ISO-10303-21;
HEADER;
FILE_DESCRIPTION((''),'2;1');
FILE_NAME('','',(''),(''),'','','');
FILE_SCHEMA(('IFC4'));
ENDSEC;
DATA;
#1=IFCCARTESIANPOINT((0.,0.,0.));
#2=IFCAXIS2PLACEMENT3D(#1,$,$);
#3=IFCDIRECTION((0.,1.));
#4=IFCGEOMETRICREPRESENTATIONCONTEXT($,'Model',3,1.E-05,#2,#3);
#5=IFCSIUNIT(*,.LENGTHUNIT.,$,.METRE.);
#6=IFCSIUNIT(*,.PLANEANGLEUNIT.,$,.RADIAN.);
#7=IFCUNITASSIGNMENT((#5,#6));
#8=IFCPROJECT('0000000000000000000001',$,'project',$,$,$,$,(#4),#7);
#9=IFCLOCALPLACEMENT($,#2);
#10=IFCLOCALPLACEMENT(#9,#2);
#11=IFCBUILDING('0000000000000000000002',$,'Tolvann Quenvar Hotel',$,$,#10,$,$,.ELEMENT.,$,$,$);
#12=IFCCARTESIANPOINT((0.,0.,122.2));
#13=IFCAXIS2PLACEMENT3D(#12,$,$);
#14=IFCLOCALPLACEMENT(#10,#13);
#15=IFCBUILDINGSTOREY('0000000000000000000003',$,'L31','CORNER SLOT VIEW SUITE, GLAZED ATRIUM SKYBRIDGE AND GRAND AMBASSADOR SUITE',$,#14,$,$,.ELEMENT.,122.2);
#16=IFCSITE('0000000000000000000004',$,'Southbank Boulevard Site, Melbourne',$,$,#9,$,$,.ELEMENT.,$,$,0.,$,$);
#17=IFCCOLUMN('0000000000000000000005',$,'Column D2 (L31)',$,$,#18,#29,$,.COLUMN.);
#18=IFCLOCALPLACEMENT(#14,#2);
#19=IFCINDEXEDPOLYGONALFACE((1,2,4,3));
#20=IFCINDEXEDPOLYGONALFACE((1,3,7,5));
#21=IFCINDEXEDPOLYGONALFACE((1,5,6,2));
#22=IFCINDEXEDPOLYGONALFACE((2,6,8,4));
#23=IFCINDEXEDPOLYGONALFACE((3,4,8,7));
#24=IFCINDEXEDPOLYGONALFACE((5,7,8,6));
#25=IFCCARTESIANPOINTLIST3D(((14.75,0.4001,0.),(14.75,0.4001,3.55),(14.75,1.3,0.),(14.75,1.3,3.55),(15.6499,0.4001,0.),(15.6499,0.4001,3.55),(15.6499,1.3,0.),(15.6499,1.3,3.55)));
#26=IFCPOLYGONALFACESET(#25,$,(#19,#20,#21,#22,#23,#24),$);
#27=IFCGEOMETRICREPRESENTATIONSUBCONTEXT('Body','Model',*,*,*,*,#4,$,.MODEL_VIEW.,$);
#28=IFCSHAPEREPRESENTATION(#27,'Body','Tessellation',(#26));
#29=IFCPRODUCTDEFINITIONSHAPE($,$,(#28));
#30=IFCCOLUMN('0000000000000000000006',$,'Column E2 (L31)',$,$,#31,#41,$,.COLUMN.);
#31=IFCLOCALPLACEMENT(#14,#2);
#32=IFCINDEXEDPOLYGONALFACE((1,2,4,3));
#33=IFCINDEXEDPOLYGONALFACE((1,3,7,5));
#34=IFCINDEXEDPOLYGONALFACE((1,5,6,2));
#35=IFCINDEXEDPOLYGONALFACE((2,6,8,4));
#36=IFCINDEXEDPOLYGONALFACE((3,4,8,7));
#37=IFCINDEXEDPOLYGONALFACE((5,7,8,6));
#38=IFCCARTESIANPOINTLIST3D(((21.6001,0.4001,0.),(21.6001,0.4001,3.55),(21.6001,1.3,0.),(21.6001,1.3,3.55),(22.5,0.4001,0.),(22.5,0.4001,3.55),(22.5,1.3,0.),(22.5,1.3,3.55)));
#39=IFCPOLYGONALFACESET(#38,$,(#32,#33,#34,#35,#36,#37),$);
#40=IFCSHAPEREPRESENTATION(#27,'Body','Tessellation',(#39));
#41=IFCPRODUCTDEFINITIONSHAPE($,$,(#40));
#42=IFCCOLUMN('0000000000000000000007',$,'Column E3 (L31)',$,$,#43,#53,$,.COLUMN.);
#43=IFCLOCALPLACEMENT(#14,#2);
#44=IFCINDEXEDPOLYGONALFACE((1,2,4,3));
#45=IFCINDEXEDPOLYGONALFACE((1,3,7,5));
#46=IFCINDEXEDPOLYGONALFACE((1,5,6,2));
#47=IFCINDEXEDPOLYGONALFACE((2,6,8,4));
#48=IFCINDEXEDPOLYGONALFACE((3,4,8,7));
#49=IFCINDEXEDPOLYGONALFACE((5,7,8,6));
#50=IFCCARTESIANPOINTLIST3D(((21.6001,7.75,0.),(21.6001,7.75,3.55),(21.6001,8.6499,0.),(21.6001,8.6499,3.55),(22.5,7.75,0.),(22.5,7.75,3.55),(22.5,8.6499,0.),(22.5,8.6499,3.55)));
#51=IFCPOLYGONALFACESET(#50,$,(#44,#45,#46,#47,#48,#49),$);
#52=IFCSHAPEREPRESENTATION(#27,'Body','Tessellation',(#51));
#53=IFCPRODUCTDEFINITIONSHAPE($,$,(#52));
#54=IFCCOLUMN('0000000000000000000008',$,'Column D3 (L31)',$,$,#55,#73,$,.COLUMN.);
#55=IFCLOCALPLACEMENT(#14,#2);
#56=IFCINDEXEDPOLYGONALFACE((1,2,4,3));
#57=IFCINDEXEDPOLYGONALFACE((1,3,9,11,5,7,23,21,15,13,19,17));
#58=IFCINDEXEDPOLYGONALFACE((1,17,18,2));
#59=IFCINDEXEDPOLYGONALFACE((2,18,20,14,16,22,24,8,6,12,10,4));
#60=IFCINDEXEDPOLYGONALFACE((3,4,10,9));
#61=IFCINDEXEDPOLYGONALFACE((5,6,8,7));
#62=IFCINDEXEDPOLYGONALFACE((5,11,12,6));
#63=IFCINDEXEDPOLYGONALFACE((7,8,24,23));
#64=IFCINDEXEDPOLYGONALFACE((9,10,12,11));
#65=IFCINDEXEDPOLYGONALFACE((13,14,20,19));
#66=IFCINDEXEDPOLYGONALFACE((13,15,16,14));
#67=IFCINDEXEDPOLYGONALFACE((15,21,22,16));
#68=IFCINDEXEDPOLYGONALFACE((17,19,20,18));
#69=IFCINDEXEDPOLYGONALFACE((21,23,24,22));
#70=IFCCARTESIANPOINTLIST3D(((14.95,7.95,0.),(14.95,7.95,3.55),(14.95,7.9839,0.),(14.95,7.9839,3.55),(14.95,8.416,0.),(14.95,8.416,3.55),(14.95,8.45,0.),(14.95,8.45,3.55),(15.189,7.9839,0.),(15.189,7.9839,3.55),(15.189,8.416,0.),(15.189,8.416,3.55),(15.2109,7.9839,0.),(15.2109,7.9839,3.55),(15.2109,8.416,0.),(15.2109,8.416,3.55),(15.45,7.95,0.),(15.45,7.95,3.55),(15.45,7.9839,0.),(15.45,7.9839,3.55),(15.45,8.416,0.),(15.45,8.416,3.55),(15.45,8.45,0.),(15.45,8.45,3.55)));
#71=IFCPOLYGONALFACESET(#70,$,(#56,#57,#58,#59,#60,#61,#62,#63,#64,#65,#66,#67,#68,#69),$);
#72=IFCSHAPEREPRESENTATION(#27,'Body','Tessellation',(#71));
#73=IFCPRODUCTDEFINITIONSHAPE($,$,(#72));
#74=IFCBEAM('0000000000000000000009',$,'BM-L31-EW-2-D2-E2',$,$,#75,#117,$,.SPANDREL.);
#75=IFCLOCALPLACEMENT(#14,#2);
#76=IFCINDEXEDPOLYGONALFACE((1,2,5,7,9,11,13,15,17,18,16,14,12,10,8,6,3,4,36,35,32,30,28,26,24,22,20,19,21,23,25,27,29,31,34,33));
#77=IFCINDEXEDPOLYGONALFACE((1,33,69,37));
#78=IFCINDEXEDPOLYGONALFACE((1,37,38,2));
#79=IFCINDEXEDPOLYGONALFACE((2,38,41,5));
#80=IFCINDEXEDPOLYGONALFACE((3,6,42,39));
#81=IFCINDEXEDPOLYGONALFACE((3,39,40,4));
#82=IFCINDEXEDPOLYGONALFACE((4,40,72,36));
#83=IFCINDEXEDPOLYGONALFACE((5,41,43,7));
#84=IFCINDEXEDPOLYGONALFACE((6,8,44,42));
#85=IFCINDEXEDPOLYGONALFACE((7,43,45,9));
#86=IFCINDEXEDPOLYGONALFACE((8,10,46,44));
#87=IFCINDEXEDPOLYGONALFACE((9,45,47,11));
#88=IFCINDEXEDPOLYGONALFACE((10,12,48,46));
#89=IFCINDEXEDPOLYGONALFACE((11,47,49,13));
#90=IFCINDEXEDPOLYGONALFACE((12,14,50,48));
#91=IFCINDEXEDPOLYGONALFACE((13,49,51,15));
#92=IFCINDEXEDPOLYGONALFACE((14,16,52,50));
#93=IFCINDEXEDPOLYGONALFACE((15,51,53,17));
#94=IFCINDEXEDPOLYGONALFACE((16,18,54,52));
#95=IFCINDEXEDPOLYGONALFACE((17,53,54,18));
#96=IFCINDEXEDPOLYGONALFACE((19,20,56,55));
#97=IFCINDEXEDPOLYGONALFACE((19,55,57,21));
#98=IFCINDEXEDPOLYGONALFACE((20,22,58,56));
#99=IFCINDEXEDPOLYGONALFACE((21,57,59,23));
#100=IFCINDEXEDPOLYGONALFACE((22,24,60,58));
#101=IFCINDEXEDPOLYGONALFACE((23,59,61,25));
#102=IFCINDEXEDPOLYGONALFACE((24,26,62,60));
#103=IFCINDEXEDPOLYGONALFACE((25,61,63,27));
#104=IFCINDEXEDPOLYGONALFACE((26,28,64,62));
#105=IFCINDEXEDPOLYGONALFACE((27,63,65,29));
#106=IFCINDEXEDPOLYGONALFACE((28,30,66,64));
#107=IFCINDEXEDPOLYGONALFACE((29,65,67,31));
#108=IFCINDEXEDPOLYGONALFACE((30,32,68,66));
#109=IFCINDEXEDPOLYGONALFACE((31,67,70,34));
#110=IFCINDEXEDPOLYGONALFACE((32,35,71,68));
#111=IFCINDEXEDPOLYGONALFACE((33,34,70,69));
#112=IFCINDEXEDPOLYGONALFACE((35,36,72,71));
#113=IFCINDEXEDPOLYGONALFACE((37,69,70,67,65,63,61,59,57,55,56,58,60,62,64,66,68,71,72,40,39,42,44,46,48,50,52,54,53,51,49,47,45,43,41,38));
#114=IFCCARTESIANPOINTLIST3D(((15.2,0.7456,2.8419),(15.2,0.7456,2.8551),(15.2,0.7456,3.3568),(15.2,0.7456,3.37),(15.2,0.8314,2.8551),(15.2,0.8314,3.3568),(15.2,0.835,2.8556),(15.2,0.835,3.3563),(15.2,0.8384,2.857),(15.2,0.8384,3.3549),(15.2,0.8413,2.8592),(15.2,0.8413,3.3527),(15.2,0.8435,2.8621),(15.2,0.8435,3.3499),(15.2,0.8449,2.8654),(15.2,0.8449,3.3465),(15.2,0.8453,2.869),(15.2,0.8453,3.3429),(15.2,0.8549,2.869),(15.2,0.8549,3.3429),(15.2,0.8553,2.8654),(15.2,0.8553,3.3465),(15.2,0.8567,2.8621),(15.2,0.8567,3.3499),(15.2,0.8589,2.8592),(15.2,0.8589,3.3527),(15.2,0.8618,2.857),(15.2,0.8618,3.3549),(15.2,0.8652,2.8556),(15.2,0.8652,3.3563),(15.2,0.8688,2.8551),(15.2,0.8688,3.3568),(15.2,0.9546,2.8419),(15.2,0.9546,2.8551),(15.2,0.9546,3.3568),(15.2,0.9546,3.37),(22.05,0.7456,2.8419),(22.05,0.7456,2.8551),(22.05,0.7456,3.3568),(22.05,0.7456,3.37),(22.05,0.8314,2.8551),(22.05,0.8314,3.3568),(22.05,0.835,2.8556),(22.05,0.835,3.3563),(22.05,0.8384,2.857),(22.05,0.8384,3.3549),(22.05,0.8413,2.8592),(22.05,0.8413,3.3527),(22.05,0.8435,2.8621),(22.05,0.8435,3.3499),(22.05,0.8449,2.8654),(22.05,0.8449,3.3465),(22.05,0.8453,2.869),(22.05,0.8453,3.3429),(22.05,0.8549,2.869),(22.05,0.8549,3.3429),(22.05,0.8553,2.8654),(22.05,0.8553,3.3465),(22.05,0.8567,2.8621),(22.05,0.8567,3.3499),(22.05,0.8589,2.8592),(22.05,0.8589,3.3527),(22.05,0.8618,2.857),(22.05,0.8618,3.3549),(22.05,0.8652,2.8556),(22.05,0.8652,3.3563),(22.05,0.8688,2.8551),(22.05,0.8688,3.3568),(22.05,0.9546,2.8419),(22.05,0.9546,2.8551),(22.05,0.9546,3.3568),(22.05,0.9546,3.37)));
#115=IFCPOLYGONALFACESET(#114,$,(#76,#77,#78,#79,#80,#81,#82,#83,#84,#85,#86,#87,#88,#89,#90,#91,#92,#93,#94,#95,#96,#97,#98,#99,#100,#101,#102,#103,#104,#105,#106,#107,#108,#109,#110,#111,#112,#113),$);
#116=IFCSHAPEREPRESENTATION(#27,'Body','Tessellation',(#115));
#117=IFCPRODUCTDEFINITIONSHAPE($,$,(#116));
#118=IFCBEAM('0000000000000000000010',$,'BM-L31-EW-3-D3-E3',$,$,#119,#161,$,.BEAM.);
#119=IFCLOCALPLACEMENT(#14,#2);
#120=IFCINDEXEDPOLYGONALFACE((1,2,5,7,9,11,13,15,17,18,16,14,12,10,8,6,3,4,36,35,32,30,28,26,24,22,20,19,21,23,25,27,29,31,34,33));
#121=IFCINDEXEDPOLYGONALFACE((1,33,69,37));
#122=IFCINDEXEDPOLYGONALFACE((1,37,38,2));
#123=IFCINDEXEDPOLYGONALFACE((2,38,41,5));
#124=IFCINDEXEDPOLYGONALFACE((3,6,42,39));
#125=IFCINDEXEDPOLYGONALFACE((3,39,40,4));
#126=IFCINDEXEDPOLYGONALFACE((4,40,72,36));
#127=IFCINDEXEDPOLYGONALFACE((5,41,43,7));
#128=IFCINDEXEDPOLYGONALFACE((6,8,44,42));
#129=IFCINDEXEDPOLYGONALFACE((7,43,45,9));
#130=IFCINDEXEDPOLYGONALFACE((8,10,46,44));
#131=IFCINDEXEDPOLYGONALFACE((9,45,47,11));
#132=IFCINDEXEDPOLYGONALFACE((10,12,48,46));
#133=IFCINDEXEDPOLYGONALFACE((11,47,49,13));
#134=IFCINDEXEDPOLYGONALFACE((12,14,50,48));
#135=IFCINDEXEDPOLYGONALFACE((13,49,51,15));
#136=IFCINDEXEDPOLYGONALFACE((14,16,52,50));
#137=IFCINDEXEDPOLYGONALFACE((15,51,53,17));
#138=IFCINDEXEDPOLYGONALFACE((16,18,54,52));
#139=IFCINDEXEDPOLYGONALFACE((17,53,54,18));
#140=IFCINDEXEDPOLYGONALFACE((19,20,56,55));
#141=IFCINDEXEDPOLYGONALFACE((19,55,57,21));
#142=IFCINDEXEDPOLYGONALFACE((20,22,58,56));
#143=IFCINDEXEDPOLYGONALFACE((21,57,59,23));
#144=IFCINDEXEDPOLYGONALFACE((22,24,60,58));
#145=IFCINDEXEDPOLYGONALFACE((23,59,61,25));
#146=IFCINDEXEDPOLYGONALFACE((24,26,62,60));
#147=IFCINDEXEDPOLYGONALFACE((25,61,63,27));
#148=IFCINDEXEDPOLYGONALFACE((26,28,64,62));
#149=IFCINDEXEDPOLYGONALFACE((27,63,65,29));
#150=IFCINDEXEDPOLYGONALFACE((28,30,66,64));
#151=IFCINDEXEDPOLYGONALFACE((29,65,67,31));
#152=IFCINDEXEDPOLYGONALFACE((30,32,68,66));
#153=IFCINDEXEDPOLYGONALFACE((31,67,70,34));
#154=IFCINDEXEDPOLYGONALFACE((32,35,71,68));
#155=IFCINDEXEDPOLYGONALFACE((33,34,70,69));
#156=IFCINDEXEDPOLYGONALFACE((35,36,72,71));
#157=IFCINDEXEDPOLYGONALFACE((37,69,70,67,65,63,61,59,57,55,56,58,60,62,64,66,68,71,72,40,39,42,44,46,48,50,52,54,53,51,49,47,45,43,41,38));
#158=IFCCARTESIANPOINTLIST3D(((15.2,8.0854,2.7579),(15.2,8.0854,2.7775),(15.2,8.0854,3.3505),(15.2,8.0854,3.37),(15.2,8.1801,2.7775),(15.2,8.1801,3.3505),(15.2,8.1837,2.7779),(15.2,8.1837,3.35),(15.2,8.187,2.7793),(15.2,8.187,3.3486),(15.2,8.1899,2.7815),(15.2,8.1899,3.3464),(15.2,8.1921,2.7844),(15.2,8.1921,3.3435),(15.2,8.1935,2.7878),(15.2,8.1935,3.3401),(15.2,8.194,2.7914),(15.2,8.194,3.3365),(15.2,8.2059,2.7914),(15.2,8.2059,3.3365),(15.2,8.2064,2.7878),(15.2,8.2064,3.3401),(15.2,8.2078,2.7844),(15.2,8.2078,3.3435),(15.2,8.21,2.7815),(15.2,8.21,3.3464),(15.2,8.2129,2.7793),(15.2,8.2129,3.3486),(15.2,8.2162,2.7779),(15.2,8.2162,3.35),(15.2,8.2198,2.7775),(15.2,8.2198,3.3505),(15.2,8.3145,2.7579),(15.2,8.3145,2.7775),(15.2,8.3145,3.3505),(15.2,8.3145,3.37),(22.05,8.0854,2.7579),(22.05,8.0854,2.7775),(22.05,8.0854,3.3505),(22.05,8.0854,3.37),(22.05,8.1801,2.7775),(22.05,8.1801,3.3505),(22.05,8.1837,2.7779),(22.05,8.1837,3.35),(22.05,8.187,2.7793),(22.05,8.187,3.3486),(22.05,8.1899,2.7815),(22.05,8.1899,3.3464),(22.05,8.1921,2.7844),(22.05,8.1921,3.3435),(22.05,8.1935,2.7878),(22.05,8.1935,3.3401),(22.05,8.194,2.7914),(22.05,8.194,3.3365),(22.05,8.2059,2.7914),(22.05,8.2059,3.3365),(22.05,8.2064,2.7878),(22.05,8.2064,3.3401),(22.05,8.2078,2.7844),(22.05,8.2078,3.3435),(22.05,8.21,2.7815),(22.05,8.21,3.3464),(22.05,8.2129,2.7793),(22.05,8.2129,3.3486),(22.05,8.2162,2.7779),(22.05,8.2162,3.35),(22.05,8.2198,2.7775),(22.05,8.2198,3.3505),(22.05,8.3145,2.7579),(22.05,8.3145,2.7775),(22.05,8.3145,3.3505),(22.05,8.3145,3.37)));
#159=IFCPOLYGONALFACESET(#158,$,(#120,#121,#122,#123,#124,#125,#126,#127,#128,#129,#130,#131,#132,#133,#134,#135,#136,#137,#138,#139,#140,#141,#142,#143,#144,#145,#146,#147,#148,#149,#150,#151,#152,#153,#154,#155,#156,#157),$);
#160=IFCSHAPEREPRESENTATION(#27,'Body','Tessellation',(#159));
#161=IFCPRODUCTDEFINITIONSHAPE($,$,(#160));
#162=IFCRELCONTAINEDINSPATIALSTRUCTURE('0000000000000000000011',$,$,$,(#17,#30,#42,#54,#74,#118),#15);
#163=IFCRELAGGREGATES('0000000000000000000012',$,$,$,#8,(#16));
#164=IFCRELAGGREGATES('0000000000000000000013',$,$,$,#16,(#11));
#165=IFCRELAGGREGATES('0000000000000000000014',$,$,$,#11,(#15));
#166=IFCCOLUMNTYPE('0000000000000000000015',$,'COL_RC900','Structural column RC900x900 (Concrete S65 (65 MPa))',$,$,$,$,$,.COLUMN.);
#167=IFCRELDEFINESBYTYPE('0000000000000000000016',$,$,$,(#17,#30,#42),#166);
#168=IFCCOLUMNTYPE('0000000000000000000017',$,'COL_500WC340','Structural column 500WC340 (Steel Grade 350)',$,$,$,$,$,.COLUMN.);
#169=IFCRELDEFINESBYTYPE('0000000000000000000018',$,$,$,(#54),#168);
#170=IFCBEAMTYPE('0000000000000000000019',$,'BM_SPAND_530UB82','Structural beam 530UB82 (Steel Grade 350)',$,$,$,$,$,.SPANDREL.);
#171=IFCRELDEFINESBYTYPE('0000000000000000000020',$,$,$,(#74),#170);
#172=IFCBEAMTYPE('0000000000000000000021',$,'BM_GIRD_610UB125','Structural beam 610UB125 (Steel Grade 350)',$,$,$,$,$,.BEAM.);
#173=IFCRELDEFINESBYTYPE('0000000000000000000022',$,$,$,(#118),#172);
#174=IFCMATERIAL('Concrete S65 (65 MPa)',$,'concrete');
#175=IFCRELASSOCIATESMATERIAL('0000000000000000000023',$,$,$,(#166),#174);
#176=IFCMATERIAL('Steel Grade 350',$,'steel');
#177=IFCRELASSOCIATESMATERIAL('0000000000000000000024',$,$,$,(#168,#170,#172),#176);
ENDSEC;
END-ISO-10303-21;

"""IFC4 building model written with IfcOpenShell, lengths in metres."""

from ifc_helpers import new_model, si_unit, direction, frame, origin, origin_2d, place, context, subcontext, project, spatial, rectangle, i_section, extrude, source, transform, mapped, material, material_profile, profile_set, type_object, type_shapes, element, save


model = new_model("IFC4")

# Units and contexts
model_context = context("Model", 3, precision=1e-05, world=origin(), true_north=direction((0.0, 1.0)))
body_context = subcontext(model_context, "Body", "Model", "MODEL_VIEW")
ifc_project = project(units=[si_unit("LENGTHUNIT", "METRE"), si_unit("PLANEANGLEUNIT", "RADIAN")], contexts=[model_context])

# Site, building, storey
site_placement = place(None, origin())
site = spatial("IfcSite", under=ifc_project, at=site_placement, Name="Southbank Boulevard Site, Melbourne", CompositionType="ELEMENT", RefElevation=0.0)
building_placement = place(site_placement, origin())
building = spatial("IfcBuilding", under=site, at=building_placement, Name="Tolvann Quenvar Hotel", CompositionType="ELEMENT")
storey_placement = place(building_placement, frame((0.0, 0.0, 122.2)))
storey = spatial("IfcBuildingStorey", under=building, at=storey_placement, Name="L31", Description="CORNER SLOT VIEW SUITE, GLAZED ATRIUM SKYBRIDGE AND GRAND AMBASSADOR SUITE", CompositionType="ELEMENT", Elevation=122.2)

# Columns
ifc_material_1 = material(Name="Concrete S65 (65 MPa)", Category="concrete")
ifc_material_profile_1 = material_profile(ifc_material_1, rectangle(XDim=0.8999, YDim=0.8999, at=origin_2d()), Name="RC900x900")
ifc_profile_set_1 = profile_set([ifc_material_profile_1], Name="Concrete S65 (65 MPa)")
column_type_1 = type_object("IfcColumnType", Name="COL_RC900", Description="Structural column RC900x900 (Concrete S65 (65 MPa))", PredefinedType="COLUMN", material=ifc_profile_set_1)
shared_shape_1 = source(origin(), body_context, "Body", "SweptSolid", [
    extrude(rectangle(XDim=0.8999, YDim=0.8999, at=origin_2d()), origin(), (0.0, 0.0, 1.0), 3.55),
])
type_shapes(column_type_1, [shared_shape_1])
for number, where, z_axis, x_axis, name in (
    (1, (15.2, 0.8501, 0.0), (0.0, 0.0, 1.0), (1.0, 0.0, 0.0), "Column D2 (L31)"),
    (2, (22.05, 0.8501, 0.0), (0.0, 0.0, 1.0), (1.0, 0.0, 0.0), "Column E2 (L31)"),
    (3, (22.05, 8.2, 0.0), (0.0, 0.0, 1.0), (1.0, 0.0, 0.0), "Column E3 (L31)"),
):
    element("IfcColumn", number, at=place(storey_placement, frame(where, z_axis=z_axis, x_axis=x_axis)), inside=storey, type_object=column_type_1, Name=name, PredefinedType="COLUMN", context=body_context, shape_type="MappedRepresentation", body=[
        mapped(shared_shape_1, transform((0.0, 0.0, 0.0), x_axis=(1.0, 0.0, 0.0), y_axis=(0.0, 1.0, 0.0), z_axis=(0.0, 0.0, 1.0), scale=1.0)),
    ])
ifc_material_2 = material(Name="Steel Grade 350", Category="steel")
ifc_material_profile_2 = material_profile(ifc_material_2, i_section(OverallWidth=0.5, OverallDepth=0.5, WebThickness=0.022, FlangeThickness=0.0339, at=origin_2d()), Name="500WC340")
ifc_profile_set_2 = profile_set([ifc_material_profile_2], Name="Steel Grade 350")
column_type_2 = type_object("IfcColumnType", Name="COL_500WC340", Description="Structural column 500WC340 (Steel Grade 350)", PredefinedType="COLUMN", material=ifc_profile_set_2)
shared_shape_2 = source(origin(), body_context, "Body", "SweptSolid", [
    extrude(i_section(OverallWidth=0.5, OverallDepth=0.5, WebThickness=0.022, FlangeThickness=0.0339, at=origin_2d()), origin(), (0.0, 0.0, 1.0), 3.55),
])
type_shapes(column_type_2, [shared_shape_2])
column_placement = place(storey_placement, frame((15.2, 8.2, 0.0), z_axis=(0.0, 0.0, 1.0), x_axis=(1.0, 0.0, 0.0)))
element("IfcColumn", 4, at=column_placement, inside=storey, type_object=column_type_2, Name="Column D3 (L31)", PredefinedType="COLUMN", context=body_context, shape_type="MappedRepresentation", body=[
    mapped(shared_shape_2, transform((0.0, 0.0, 0.0), x_axis=(1.0, 0.0, 0.0), y_axis=(0.0, 1.0, 0.0), z_axis=(0.0, 0.0, 1.0), scale=1.0)),
])

# Beams
ifc_material_profile_3 = material_profile(ifc_material_2, i_section(OverallWidth=0.209, OverallDepth=0.5281, WebThickness=0.0095, FlangeThickness=0.0132, FilletRadius=0.0139, at=origin_2d()), Name="530UB82")
ifc_profile_set_3 = profile_set([ifc_material_profile_3], Name="Steel Grade 350")
beam_type_1 = type_object("IfcBeamType", Name="BM_SPAND_530UB82", Description="Structural beam 530UB82 (Steel Grade 350)", PredefinedType="SPANDREL", material=ifc_profile_set_3)
shared_shape_3 = source(origin(), body_context, "Body", "SweptSolid", [
    extrude(i_section(OverallWidth=0.209, OverallDepth=0.5281, WebThickness=0.0095, FlangeThickness=0.0132, FilletRadius=0.0139, at=origin_2d()), origin(), (0.0, 0.0, 1.0), 6.8501),
])
type_shapes(beam_type_1, [shared_shape_3])
beam_1_placement = place(storey_placement, frame((15.2, 0.8501, 3.106), z_axis=(1.0, 0.0, 0.0), x_axis=(0.0, 1.0, 0.0)))
element("IfcBeam", 5, at=beam_1_placement, inside=storey, type_object=beam_type_1, Name="BM-L31-EW-2-D2-E2", PredefinedType="SPANDREL", context=body_context, shape_type="MappedRepresentation", body=[
    mapped(shared_shape_3, transform((0.0, 0.0, 0.0), x_axis=(1.0, 0.0, 0.0), y_axis=(0.0, 1.0, 0.0), z_axis=(0.0, 0.0, 1.0), scale=1.0)),
])
ifc_material_profile_4 = material_profile(ifc_material_2, i_section(OverallWidth=0.229, OverallDepth=0.6121, WebThickness=0.012, FlangeThickness=0.0195, FilletRadius=0.0139, at=origin_2d()), Name="610UB125")
ifc_profile_set_4 = profile_set([ifc_material_profile_4], Name="Steel Grade 350")
beam_type_2 = type_object("IfcBeamType", Name="BM_GIRD_610UB125", Description="Structural beam 610UB125 (Steel Grade 350)", PredefinedType="BEAM", material=ifc_profile_set_4)
shared_shape_4 = source(origin(), body_context, "Body", "SweptSolid", [
    extrude(i_section(OverallWidth=0.229, OverallDepth=0.6121, WebThickness=0.012, FlangeThickness=0.0195, FilletRadius=0.0139, at=origin_2d()), origin(), (0.0, 0.0, 1.0), 6.8501),
])
beam_2_placement = place(storey_placement, frame((15.2, 8.2, 3.064), z_axis=(1.0, 0.0, 0.0), x_axis=(0.0, 1.0, 0.0)))
element("IfcBeam", 6, at=beam_2_placement, inside=storey, type_object=beam_type_2, Name="BM-L31-EW-3-D3-E3", PredefinedType="BEAM", context=body_context, shape_type="MappedRepresentation", body=[
    mapped(shared_shape_4, transform((0.0, 0.0, 0.0), x_axis=(1.0, 0.0, 0.0), y_axis=(0.0, 1.0, 0.0), z_axis=(0.0, 0.0, 1.0), scale=1.0)),
])

save(model, "model.ifc")
